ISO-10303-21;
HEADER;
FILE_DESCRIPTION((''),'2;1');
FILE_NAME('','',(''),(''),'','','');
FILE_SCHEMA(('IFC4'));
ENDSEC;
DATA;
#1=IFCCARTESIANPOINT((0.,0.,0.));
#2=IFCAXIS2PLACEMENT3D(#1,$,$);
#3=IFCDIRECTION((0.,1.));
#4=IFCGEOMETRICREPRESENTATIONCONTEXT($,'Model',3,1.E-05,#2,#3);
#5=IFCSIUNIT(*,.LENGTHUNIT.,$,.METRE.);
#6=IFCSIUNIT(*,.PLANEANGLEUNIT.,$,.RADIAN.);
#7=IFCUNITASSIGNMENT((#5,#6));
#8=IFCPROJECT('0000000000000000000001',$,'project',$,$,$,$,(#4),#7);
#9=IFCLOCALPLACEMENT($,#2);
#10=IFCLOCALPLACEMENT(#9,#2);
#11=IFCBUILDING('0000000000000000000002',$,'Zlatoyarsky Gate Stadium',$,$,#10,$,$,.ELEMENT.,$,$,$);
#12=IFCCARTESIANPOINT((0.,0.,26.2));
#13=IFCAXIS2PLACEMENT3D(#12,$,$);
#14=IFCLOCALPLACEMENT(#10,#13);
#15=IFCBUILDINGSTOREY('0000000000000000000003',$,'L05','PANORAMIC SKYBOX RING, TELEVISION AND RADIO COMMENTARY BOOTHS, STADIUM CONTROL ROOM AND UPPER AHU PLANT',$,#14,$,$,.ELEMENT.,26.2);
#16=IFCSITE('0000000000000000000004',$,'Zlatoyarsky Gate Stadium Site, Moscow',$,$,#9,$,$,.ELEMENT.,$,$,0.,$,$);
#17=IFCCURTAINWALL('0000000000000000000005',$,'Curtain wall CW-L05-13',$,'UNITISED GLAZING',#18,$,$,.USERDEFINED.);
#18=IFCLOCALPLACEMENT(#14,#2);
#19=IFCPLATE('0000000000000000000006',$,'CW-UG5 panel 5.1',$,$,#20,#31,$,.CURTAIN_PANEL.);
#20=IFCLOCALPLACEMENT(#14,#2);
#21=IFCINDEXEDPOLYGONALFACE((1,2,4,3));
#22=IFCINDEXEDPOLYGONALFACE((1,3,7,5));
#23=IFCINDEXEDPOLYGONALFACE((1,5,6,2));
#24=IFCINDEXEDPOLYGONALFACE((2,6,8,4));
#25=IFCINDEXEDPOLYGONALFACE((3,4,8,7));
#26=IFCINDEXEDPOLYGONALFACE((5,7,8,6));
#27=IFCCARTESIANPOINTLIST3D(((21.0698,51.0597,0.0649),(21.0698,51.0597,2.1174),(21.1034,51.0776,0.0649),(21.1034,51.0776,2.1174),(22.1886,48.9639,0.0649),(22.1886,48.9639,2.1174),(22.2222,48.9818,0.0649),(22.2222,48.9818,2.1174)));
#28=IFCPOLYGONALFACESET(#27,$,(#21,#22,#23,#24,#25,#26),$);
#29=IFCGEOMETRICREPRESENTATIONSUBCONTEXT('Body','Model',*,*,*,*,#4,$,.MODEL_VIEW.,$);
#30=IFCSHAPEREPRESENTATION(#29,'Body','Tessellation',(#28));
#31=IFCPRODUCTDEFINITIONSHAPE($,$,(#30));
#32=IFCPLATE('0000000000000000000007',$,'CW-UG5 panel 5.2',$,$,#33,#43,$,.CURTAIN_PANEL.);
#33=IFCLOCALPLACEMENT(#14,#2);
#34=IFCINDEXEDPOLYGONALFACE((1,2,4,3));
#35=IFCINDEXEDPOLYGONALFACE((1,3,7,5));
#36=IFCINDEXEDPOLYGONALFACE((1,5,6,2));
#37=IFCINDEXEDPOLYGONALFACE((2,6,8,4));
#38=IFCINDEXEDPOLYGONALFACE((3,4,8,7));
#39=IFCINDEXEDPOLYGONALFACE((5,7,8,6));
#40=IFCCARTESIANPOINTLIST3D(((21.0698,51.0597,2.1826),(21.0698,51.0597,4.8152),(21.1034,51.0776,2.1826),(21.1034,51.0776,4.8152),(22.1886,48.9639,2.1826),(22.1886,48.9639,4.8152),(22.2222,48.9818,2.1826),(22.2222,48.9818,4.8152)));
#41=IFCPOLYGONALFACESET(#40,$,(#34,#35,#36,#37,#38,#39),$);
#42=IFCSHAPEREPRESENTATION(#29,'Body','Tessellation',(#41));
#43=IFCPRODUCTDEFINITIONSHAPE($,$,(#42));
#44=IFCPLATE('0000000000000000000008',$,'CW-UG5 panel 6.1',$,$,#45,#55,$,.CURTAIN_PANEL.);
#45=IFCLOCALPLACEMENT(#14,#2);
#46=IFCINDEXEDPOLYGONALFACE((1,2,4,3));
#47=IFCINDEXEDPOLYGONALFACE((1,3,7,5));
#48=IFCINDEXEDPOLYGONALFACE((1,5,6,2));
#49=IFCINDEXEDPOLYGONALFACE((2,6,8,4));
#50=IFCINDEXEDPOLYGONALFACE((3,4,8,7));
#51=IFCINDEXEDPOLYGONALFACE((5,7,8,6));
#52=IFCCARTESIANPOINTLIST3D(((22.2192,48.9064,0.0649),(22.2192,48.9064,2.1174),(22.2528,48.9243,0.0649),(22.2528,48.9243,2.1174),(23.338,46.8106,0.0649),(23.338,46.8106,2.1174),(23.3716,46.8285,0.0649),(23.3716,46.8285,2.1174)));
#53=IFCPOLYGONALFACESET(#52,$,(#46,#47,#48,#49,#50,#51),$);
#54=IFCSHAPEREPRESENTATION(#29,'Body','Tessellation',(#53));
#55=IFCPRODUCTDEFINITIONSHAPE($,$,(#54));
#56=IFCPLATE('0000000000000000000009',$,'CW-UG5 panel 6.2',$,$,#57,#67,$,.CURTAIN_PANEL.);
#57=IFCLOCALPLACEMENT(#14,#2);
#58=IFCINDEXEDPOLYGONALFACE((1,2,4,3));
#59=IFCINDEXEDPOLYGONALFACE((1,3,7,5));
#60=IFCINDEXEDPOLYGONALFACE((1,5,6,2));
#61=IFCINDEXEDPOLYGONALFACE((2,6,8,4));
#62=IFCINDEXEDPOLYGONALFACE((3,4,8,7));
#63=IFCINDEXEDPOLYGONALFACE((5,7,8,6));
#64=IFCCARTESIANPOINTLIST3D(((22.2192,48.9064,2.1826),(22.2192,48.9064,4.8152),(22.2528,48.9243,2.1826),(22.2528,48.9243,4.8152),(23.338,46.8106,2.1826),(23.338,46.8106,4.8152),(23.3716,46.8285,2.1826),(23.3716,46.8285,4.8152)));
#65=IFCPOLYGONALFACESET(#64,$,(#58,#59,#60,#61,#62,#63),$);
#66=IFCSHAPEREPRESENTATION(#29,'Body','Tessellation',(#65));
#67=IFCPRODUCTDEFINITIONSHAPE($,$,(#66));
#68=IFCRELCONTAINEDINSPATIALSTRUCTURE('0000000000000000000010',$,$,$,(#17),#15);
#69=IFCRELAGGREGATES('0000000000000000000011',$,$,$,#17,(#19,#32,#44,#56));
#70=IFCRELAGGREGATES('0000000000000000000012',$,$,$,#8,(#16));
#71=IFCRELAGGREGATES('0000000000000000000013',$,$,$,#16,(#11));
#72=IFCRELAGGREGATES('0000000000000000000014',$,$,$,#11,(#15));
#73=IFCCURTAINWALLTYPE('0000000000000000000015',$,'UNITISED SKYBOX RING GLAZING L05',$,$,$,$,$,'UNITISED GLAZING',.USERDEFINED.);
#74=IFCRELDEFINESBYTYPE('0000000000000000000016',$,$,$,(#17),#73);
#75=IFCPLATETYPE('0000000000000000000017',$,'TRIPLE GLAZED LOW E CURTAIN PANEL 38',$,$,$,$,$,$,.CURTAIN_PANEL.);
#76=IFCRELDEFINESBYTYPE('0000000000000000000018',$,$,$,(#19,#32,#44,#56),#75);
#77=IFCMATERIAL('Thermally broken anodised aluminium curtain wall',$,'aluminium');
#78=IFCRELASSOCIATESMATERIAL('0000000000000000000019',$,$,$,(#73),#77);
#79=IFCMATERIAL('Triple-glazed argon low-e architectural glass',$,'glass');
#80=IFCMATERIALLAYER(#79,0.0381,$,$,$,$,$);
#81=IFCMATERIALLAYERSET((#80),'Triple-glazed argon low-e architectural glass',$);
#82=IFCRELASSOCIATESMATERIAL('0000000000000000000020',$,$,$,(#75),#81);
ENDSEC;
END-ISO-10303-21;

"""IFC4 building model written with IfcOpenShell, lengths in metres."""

from ifc_helpers import new_model, si_unit, direction, frame, origin, origin_2d, place, context, subcontext, project, spatial, rectangle, extrude, material, layer, layer_set, type_object, element, aggregate, save


model = new_model("IFC4")

# Units and contexts
model_context = context("Model", 3, precision=1e-05, world=origin(), true_north=direction((0.0, 1.0)))
body_context = subcontext(model_context, "Body", "Model", "MODEL_VIEW")
ifc_project = project(units=[si_unit("LENGTHUNIT", "METRE"), si_unit("PLANEANGLEUNIT", "RADIAN")], contexts=[model_context])

# Site, building, storey
site_placement = place(None, origin())
site = spatial("IfcSite", under=ifc_project, at=site_placement, Name="Zlatoyarsky Gate Stadium Site, Moscow", CompositionType="ELEMENT", RefElevation=0.0)
building_placement = place(site_placement, origin())
building = spatial("IfcBuilding", under=site, at=building_placement, Name="Zlatoyarsky Gate Stadium", CompositionType="ELEMENT")
storey_placement = place(building_placement, frame((0.0, 0.0, 26.2)))
storey = spatial("IfcBuildingStorey", under=building, at=storey_placement, Name="L05", Description="PANORAMIC SKYBOX RING, TELEVISION AND RADIO COMMENTARY BOOTHS, STADIUM CONTROL ROOM AND UPPER AHU PLANT", CompositionType="ELEMENT", Elevation=26.2)

# Curtain wall
ifc_material_1 = material(Name="Thermally broken anodised aluminium curtain wall", Category="aluminium")
curtain_wall_type = type_object("IfcCurtainWallType", Name="UNITISED SKYBOX RING GLAZING L05", ElementType="UNITISED GLAZING", PredefinedType="USERDEFINED", material=ifc_material_1)
curtain_wall_placement = place(storey_placement, origin())
curtain_wall = element("IfcCurtainWall", 1, at=curtain_wall_placement, inside=storey, type_object=curtain_wall_type, Name="Curtain wall CW-L05-13", ObjectType="UNITISED GLAZING", PredefinedType="USERDEFINED")

# Plates
ifc_material_2 = material(Name="Triple-glazed argon low-e architectural glass", Category="glass")
ifc_layer_1 = layer(ifc_material_2, 0.0381)
ifc_layer_set_1 = layer_set([ifc_layer_1], Name="Triple-glazed argon low-e architectural glass")
plate_type_1 = type_object("IfcPlateType", Name="TRIPLE GLAZED LOW E CURTAIN PANEL 38", PredefinedType="CURTAIN_PANEL", material=ifc_layer_set_1)
plate_1_placement = place(storey_placement, frame((21.646, 50.0208, 0.0649), z_axis=(0.0, 0.0, 1.0), x_axis=(0.470937, -0.882167, 0.0)))
plate_1 = element("IfcPlate", 2, at=plate_1_placement, type_object=plate_type_1, Name="CW-UG5 panel 5.1", PredefinedType="CURTAIN_PANEL", context=body_context, shape_type="SweptSolid", body=[
    extrude(rectangle(XDim=2.3757, YDim=0.0381, at=origin_2d()), origin(), (0.0, 0.0, 1.0), 2.0525),
])
plate_2_placement = place(storey_placement, frame((21.646, 50.0208, 2.1826), z_axis=(0.0, 0.0, 1.0), x_axis=(0.470937, -0.882167, 0.0)))
plate_2 = element("IfcPlate", 3, at=plate_2_placement, type_object=plate_type_1, Name="CW-UG5 panel 5.2", PredefinedType="CURTAIN_PANEL", context=body_context, shape_type="SweptSolid", body=[
    extrude(rectangle(XDim=2.3757, YDim=0.0381, at=origin_2d()), origin(), (0.0, 0.0, 1.0), 2.6326),
])
plate_3_placement = place(storey_placement, frame((22.7954, 47.8674, 0.0649), z_axis=(0.0, 0.0, 1.0), x_axis=(0.470937, -0.882167, 0.0)))
plate_3 = element("IfcPlate", 4, at=plate_3_placement, type_object=plate_type_1, Name="CW-UG5 panel 6.1", PredefinedType="CURTAIN_PANEL", context=body_context, shape_type="SweptSolid", body=[
    extrude(rectangle(XDim=2.3757, YDim=0.0381, at=origin_2d()), origin(), (0.0, 0.0, 1.0), 2.0525),
])
plate_4_placement = place(storey_placement, frame((22.7954, 47.8674, 2.1826), z_axis=(0.0, 0.0, 1.0), x_axis=(0.470937, -0.882167, 0.0)))
plate_4 = element("IfcPlate", 5, at=plate_4_placement, type_object=plate_type_1, Name="CW-UG5 panel 6.2", PredefinedType="CURTAIN_PANEL", context=body_context, shape_type="SweptSolid", body=[
    extrude(rectangle(XDim=2.3757, YDim=0.0381, at=origin_2d()), origin(), (0.0, 0.0, 1.0), 2.6326),
])
aggregate(curtain_wall, [plate_1, plate_2, plate_3, plate_4])

save(model, "model.ifc")
